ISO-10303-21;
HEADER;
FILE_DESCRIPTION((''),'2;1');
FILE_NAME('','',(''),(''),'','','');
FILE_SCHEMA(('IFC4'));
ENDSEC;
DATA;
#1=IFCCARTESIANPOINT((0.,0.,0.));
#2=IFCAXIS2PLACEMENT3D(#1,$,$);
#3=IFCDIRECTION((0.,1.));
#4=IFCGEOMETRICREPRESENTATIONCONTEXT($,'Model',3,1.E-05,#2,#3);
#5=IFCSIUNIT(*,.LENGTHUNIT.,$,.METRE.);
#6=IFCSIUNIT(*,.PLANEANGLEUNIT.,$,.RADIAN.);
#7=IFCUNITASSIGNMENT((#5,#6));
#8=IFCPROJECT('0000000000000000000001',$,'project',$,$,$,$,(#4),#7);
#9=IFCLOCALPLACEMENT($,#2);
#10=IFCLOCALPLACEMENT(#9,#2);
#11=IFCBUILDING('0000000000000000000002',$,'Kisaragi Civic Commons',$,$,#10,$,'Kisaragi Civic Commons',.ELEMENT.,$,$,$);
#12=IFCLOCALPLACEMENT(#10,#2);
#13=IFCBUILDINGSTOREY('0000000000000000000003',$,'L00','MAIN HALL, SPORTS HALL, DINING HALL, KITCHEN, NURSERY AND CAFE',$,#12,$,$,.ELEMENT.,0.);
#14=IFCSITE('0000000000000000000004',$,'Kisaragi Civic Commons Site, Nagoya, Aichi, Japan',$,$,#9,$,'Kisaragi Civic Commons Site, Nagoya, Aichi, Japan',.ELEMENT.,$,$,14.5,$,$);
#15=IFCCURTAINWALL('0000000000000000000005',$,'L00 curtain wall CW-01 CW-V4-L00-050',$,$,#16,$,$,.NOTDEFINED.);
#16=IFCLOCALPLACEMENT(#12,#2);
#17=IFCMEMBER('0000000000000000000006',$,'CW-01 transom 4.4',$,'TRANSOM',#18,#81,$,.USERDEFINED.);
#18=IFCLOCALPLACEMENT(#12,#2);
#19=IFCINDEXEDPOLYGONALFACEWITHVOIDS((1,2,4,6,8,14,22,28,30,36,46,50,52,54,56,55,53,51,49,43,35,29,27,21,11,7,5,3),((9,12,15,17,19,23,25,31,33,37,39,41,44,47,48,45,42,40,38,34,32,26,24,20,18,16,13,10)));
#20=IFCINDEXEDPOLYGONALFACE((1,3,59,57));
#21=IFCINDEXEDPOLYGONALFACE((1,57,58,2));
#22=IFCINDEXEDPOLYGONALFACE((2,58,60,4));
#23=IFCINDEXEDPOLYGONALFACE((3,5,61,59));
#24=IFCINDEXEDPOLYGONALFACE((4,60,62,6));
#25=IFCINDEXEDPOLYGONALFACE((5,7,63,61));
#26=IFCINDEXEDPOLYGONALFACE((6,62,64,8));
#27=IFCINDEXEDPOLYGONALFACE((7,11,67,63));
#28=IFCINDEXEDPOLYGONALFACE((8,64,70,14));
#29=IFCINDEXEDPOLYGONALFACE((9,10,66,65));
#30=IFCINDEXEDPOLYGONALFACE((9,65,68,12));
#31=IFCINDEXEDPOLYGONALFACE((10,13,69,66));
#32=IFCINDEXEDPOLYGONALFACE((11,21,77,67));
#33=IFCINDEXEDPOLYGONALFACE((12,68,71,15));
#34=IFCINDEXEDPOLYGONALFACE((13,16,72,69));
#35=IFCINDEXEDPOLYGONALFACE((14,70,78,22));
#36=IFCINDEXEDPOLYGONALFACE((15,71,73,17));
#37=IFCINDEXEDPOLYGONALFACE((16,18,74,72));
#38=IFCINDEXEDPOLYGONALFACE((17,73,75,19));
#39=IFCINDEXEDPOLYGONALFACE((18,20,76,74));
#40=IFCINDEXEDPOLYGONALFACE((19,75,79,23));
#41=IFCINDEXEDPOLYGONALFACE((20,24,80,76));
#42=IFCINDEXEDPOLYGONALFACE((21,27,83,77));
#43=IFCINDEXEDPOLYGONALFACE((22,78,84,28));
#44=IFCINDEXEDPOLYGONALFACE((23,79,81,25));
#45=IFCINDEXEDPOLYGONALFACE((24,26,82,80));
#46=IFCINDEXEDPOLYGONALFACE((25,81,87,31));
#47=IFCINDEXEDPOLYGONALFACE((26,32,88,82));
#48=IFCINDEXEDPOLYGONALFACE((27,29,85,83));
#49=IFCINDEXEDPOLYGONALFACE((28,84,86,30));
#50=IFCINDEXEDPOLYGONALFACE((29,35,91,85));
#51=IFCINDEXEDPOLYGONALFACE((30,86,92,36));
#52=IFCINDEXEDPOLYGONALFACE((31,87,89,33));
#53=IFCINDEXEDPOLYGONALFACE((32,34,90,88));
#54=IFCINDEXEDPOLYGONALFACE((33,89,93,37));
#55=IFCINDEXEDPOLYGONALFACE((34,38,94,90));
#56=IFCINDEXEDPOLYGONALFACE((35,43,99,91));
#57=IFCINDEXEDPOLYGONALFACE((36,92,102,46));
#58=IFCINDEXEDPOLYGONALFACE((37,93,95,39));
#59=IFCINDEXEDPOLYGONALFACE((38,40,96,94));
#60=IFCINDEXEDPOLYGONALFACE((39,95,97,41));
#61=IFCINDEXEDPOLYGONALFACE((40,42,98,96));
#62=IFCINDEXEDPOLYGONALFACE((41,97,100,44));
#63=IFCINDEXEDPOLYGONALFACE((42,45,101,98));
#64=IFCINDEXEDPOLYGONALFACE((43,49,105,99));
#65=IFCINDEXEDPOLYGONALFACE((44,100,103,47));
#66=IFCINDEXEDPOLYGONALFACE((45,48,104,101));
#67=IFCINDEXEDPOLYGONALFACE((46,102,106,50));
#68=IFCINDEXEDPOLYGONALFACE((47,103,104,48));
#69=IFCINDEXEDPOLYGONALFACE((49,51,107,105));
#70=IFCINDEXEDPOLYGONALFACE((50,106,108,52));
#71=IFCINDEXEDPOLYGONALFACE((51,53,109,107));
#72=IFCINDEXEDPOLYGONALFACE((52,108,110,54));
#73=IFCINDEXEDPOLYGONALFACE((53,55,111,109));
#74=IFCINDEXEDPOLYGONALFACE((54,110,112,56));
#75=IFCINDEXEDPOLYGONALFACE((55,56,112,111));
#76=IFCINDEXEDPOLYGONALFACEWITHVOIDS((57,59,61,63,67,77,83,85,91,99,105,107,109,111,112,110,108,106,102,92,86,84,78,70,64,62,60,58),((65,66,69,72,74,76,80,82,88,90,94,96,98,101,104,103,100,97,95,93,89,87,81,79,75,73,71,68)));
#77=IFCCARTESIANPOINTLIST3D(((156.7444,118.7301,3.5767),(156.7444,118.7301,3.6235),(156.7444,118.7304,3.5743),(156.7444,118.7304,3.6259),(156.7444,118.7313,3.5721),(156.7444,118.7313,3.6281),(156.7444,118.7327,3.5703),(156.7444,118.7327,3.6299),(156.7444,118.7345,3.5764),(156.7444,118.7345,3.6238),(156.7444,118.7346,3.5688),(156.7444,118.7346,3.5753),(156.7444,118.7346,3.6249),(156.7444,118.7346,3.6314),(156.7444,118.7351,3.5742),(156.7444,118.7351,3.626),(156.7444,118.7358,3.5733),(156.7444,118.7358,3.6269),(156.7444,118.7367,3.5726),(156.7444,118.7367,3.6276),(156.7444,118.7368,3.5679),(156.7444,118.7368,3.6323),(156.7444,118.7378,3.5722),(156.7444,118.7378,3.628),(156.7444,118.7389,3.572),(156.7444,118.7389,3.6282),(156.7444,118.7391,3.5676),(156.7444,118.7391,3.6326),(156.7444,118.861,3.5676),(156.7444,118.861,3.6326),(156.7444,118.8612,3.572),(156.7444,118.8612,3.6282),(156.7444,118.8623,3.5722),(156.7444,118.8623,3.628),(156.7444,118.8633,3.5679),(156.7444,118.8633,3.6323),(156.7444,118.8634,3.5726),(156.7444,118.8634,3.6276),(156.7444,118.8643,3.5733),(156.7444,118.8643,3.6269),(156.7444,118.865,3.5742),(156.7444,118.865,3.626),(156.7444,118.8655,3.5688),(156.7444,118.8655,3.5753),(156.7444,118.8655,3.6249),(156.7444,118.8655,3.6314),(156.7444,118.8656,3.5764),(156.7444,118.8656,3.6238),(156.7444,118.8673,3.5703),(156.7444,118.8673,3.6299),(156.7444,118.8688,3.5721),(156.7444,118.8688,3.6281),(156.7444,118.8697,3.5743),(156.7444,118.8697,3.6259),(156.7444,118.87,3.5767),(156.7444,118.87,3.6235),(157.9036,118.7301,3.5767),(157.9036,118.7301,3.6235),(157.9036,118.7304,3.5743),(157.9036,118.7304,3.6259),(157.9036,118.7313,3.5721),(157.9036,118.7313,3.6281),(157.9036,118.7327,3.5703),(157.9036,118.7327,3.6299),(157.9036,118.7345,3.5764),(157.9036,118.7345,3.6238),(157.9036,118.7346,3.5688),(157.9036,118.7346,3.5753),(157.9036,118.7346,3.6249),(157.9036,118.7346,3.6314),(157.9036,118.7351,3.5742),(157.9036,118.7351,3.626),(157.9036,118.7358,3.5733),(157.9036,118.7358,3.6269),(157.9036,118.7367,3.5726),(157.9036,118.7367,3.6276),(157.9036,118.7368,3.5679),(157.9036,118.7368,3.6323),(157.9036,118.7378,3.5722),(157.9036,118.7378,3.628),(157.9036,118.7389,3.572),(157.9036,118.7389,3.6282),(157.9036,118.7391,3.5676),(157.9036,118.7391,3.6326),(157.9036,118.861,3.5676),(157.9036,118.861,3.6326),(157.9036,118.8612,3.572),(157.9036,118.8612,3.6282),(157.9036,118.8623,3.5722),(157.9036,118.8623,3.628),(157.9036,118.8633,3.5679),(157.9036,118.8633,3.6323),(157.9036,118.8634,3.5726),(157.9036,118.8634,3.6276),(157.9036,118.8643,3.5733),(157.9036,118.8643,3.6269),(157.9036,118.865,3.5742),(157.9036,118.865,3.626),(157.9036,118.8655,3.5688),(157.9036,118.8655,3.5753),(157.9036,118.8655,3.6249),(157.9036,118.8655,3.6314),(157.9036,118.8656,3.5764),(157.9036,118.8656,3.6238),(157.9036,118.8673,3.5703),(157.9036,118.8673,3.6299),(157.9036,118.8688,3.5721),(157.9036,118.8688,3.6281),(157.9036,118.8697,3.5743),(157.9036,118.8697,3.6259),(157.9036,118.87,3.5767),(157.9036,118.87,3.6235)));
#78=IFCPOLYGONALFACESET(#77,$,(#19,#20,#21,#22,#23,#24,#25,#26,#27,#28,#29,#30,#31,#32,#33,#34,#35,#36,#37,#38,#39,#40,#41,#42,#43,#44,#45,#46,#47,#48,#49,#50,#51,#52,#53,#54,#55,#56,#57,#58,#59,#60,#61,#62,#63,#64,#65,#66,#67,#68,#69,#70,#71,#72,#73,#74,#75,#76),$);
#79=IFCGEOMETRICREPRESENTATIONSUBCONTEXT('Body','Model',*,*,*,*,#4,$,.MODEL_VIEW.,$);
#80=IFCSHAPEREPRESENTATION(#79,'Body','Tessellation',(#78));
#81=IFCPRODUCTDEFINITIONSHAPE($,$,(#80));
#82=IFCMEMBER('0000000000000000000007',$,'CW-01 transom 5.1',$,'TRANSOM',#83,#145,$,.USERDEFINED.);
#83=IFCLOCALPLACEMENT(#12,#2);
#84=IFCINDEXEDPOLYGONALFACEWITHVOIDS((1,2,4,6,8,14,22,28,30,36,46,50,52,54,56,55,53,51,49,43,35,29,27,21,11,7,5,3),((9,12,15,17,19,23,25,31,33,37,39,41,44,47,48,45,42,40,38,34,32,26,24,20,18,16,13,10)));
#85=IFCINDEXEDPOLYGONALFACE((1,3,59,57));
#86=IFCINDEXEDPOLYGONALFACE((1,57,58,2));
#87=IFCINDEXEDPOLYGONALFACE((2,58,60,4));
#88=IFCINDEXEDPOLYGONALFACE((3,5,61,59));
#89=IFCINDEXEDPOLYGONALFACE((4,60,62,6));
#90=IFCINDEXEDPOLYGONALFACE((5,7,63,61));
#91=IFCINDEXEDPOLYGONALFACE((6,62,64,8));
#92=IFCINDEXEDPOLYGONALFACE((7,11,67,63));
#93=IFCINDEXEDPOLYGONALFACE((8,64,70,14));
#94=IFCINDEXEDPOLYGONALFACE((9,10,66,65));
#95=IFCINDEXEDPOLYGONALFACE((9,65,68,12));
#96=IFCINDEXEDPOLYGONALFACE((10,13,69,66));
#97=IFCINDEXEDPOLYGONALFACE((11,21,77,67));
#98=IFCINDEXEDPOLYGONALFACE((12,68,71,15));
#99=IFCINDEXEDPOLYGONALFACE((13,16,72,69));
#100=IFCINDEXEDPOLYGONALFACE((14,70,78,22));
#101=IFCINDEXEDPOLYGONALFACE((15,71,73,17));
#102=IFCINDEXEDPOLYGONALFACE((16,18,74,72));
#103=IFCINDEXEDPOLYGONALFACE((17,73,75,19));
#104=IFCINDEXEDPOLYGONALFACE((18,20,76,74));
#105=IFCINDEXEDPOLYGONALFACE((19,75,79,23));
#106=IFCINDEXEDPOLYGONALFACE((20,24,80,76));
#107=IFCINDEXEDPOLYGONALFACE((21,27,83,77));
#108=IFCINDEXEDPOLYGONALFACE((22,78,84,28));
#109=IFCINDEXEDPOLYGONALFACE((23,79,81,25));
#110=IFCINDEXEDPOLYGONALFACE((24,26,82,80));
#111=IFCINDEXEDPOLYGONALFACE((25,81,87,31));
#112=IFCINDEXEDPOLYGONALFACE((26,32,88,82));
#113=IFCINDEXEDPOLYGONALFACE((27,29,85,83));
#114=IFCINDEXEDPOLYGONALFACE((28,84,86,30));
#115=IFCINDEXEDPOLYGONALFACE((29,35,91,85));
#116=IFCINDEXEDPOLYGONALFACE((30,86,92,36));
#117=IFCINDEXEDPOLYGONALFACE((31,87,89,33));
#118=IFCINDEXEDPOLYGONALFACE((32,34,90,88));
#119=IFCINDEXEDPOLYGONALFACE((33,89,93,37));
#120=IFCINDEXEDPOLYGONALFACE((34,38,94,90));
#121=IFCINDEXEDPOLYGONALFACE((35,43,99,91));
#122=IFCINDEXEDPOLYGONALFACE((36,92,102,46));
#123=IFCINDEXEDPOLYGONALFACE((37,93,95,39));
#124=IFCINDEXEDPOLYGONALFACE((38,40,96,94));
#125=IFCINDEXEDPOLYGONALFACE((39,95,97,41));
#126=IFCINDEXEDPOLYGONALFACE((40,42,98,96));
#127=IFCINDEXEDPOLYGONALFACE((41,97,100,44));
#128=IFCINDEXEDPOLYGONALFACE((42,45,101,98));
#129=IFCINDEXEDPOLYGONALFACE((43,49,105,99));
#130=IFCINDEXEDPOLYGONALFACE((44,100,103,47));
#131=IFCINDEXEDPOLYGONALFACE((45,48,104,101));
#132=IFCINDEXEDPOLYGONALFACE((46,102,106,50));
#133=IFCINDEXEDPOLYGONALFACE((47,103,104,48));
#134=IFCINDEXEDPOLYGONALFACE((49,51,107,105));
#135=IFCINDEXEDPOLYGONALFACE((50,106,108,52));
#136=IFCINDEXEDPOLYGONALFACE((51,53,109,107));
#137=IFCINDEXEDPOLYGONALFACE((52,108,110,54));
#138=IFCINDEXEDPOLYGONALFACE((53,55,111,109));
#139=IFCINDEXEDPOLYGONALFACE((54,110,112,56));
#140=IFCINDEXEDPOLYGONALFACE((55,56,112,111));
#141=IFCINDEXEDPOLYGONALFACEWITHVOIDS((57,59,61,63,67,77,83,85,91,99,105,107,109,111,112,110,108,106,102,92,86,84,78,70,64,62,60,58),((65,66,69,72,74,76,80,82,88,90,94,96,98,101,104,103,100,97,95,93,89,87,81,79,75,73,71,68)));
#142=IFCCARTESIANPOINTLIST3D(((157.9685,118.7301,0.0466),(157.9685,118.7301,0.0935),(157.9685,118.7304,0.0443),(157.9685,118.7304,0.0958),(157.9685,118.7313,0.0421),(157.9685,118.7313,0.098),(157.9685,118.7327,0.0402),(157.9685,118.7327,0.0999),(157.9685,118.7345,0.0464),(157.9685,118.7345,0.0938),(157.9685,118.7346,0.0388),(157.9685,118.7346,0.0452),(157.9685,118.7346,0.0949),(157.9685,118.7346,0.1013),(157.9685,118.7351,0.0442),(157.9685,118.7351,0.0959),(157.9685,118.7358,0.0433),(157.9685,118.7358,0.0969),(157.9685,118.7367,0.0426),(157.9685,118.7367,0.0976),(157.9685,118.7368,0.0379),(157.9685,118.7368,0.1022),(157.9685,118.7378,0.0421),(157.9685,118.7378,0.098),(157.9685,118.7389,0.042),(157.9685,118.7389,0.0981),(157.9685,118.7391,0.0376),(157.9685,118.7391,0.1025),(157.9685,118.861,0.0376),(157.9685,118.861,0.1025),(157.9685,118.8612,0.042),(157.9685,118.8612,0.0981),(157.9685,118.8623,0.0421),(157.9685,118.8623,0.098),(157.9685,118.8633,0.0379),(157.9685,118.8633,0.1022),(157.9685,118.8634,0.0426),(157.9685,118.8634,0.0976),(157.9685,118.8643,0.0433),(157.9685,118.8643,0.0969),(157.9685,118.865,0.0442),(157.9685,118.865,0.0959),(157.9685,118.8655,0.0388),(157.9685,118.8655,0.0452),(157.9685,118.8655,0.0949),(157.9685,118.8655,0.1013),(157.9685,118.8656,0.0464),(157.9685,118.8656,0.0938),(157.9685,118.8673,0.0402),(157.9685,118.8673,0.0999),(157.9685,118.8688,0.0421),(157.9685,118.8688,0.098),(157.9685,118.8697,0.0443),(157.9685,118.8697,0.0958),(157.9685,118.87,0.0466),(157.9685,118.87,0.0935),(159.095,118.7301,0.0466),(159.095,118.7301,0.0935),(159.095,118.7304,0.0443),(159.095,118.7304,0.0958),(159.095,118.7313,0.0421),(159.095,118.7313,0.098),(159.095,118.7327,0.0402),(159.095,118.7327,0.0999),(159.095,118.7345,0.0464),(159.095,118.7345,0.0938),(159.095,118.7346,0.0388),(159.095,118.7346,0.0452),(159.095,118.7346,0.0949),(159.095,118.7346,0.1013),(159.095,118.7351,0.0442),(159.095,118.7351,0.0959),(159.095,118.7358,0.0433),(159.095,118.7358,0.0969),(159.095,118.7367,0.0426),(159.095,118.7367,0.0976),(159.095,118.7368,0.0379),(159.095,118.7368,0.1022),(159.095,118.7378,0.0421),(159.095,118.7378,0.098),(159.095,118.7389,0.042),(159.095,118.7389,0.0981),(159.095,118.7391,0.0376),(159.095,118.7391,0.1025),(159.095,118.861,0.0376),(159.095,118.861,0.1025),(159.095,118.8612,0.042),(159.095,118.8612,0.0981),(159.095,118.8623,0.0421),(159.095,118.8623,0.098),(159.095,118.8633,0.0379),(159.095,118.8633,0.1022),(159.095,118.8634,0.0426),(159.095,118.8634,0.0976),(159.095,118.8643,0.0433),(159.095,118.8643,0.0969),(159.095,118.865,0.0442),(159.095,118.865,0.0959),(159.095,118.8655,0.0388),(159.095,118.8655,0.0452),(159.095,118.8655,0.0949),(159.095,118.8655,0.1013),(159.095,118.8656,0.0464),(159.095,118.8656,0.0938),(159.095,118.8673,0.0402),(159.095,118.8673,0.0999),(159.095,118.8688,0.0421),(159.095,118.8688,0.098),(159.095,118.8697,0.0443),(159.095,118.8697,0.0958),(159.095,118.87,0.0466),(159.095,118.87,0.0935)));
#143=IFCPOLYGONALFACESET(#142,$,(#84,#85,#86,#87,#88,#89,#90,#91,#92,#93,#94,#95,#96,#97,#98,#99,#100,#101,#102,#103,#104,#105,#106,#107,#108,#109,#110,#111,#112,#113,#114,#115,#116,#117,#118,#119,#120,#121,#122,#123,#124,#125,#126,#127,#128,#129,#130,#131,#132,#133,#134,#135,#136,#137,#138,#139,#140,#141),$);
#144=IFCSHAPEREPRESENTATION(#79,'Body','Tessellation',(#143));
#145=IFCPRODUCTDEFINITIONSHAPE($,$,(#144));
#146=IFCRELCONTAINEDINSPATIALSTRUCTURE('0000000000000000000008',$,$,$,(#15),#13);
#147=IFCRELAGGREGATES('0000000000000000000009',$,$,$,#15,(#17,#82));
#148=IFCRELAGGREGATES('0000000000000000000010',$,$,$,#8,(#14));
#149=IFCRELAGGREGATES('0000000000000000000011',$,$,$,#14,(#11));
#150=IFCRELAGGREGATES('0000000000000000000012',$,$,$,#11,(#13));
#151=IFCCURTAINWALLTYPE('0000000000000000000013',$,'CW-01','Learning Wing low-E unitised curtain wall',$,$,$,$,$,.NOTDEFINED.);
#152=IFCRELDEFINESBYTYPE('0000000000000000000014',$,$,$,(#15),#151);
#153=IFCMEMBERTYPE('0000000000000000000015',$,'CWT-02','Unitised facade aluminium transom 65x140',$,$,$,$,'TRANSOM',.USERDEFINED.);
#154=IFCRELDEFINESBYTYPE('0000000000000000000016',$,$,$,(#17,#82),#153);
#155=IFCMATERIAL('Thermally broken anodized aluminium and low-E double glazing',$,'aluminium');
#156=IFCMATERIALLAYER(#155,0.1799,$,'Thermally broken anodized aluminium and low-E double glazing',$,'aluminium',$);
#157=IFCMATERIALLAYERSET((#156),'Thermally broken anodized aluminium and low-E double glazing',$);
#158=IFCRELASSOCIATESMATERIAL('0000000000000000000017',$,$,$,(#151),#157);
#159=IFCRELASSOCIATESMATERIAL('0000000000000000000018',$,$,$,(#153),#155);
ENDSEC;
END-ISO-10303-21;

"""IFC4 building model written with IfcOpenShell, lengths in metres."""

from ifc_helpers import new_model, si_unit, direction, frame, origin, origin_2d, place, context, subcontext, project, spatial, hollow_rectangle, extrude, material, layer, layer_set, material_profile, profile_set, type_object, element, aggregate, save


model = new_model("IFC4")

# Units and contexts
model_context = context("Model", 3, precision=1e-05, world=origin(), true_north=direction((0.0, 1.0)))
body_context = subcontext(model_context, "Body", "Model", "MODEL_VIEW")
ifc_project = project(units=[si_unit("LENGTHUNIT", "METRE"), si_unit("PLANEANGLEUNIT", "RADIAN")], contexts=[model_context])

# Site, building, storey
site_placement = place(None, origin())
site = spatial("IfcSite", under=ifc_project, at=site_placement, Name="Kisaragi Civic Commons Site, Nagoya, Aichi, Japan", LongName="Kisaragi Civic Commons Site, Nagoya, Aichi, Japan", CompositionType="ELEMENT", RefElevation=14.5)
building_placement = place(site_placement, origin())
building = spatial("IfcBuilding", under=site, at=building_placement, Name="Kisaragi Civic Commons", LongName="Kisaragi Civic Commons", CompositionType="ELEMENT")
storey_placement = place(building_placement, origin())
storey = spatial("IfcBuildingStorey", under=building, at=storey_placement, Name="L00", Description="MAIN HALL, SPORTS HALL, DINING HALL, KITCHEN, NURSERY AND CAFE", CompositionType="ELEMENT", Elevation=0.0)

# Curtain wall
ifc_material_1 = material(Name="Thermally broken anodized aluminium and low-E double glazing", Category="aluminium")
ifc_layer_1 = layer(ifc_material_1, 0.1799, Name="Thermally broken anodized aluminium and low-E double glazing", Category="aluminium")
ifc_layer_set_1 = layer_set([ifc_layer_1], Name="Thermally broken anodized aluminium and low-E double glazing")
curtain_wall_type = type_object("IfcCurtainWallType", Name="CW-01", Description="Learning Wing low-E unitised curtain wall", PredefinedType="NOTDEFINED", material=ifc_layer_set_1)
curtain_wall_1_placement = place(storey_placement, origin())
curtain_wall_1 = element("IfcCurtainWall", 1, at=curtain_wall_1_placement, inside=storey, type_object=curtain_wall_type, Name="L00 curtain wall CW-01 CW-V4-L00-050", PredefinedType="NOTDEFINED")

# Members
ifc_material_profile_1 = material_profile(ifc_material_1, hollow_rectangle(XDim=0.1399, YDim=0.0649, WallThickness=0.0044, InnerFilletRadius=0.0044, OuterFilletRadius=0.009, at=origin_2d()), Name="CWT-65x140x4.5", Category="aluminium")
ifc_profile_set_1 = profile_set([ifc_material_profile_1], Name="Thermally broken anodized aluminium and low-E double glazing")
member_type_1 = type_object("IfcMemberType", Name="CWT-02", Description="Unitised facade aluminium transom 65x140", ElementType="TRANSOM", PredefinedType="USERDEFINED", material=ifc_profile_set_1)
member_1_placement = place(storey_placement, frame((156.7444, 118.8, 3.6001), z_axis=(1.0, 0.0, 0.0), x_axis=(0.0, 1.0, 0.0)))
member_1 = element("IfcMember", 2, at=member_1_placement, type_object=member_type_1, Name="CW-01 transom 4.4", ObjectType="TRANSOM", PredefinedType="USERDEFINED", context=body_context, shape_type="SweptSolid", body=[
    extrude(hollow_rectangle(XDim=0.1399, YDim=0.0649, WallThickness=0.0044, InnerFilletRadius=0.0044, OuterFilletRadius=0.009, at=origin_2d()), origin(), (0.0, 0.0, 1.0), 1.1592),
])
member_2_placement = place(storey_placement, frame((157.9685, 118.8, 0.0701), z_axis=(1.0, 0.0, 0.0), x_axis=(0.0, 1.0, 0.0)))
member_2 = element("IfcMember", 3, at=member_2_placement, type_object=member_type_1, Name="CW-01 transom 5.1", ObjectType="TRANSOM", PredefinedType="USERDEFINED", context=body_context, shape_type="SweptSolid", body=[
    extrude(hollow_rectangle(XDim=0.1399, YDim=0.0649, WallThickness=0.0044, InnerFilletRadius=0.0044, OuterFilletRadius=0.009, at=origin_2d()), origin(), (0.0, 0.0, 1.0), 1.1265),
])

aggregate(curtain_wall_1, [member_1, member_2])

save(model, "model.ifc")
